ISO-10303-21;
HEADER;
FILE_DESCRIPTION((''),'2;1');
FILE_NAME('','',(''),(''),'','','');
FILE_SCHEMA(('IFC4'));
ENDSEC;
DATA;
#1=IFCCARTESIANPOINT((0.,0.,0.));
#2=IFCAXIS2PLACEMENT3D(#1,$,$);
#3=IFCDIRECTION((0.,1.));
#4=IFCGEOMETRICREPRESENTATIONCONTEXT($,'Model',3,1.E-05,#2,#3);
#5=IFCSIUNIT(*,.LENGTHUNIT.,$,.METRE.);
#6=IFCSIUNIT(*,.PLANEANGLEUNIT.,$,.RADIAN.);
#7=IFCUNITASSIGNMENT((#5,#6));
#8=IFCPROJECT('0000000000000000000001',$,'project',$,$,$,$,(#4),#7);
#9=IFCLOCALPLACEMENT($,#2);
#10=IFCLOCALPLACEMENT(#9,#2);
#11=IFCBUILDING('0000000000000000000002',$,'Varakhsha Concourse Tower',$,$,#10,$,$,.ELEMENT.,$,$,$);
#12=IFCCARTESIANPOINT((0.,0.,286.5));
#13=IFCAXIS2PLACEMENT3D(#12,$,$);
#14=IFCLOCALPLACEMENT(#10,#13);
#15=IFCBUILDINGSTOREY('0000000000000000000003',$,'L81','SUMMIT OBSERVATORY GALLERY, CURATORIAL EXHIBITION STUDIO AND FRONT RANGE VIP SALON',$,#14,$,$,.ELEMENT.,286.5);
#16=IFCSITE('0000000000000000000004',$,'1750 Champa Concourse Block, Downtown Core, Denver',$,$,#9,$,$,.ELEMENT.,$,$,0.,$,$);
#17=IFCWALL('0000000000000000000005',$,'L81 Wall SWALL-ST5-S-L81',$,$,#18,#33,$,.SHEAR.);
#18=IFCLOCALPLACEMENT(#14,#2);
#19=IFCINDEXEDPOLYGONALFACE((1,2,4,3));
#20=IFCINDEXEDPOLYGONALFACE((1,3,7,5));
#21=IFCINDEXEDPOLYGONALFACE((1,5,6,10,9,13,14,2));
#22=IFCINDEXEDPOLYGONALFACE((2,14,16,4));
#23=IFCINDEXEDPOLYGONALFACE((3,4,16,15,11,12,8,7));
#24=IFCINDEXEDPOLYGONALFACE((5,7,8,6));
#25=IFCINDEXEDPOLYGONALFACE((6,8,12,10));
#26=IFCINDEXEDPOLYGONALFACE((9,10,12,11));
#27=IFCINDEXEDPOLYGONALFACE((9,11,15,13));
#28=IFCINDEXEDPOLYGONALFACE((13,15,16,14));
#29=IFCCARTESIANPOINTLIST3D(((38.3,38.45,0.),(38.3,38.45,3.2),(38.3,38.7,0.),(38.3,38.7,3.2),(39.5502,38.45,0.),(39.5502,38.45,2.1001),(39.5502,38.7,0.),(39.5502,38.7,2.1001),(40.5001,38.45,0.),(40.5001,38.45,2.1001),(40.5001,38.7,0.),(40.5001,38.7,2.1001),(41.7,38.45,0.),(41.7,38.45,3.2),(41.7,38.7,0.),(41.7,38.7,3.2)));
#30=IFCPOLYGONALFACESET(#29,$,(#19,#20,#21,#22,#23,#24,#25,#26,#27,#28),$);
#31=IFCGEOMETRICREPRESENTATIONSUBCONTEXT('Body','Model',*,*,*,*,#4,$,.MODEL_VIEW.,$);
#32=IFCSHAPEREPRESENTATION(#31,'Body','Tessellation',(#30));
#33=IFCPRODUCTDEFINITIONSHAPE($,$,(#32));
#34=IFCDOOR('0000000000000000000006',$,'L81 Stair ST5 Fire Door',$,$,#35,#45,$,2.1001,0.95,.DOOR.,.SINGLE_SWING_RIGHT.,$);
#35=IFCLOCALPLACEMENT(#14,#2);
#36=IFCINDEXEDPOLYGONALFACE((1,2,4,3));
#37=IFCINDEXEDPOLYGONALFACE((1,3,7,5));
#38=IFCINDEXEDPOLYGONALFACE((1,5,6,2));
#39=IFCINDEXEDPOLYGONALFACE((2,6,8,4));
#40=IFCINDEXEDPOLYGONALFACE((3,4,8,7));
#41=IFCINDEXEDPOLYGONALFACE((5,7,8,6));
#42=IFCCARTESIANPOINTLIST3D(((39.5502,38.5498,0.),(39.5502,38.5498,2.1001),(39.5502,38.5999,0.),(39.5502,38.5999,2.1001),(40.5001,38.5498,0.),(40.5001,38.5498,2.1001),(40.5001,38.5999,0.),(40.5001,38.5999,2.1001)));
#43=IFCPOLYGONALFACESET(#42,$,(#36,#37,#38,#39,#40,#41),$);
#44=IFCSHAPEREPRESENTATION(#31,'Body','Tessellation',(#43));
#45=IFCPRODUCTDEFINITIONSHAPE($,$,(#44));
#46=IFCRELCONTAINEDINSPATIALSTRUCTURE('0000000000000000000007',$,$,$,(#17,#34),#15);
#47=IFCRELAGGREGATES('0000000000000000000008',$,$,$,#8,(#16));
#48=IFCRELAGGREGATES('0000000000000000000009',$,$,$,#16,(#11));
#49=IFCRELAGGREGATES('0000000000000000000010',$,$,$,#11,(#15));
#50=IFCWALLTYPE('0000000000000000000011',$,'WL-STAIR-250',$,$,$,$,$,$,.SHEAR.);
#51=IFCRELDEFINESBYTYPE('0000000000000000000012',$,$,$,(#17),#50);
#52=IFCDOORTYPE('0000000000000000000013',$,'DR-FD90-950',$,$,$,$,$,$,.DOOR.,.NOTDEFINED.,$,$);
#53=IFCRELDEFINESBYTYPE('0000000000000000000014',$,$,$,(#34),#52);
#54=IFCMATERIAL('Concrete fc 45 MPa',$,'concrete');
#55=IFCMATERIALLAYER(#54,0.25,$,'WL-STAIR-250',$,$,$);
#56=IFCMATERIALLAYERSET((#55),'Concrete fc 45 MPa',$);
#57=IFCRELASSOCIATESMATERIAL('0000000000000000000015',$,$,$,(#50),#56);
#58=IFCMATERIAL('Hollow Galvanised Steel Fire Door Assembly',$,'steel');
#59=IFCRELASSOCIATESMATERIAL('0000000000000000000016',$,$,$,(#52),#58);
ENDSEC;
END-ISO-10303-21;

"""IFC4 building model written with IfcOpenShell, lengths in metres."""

from ifc_helpers import new_model, si_unit, direction, frame, frame_2d, origin, place, context, subcontext, project, spatial, rectangle, extrude, material, layer, layer_set, type_object, element, fill, save


model = new_model("IFC4")

# Units and contexts
model_context = context("Model", 3, precision=1e-05, world=origin(), true_north=direction((0.0, 1.0)))
body_context = subcontext(model_context, "Body", "Model", "MODEL_VIEW")
ifc_project = project(units=[si_unit("LENGTHUNIT", "METRE"), si_unit("PLANEANGLEUNIT", "RADIAN")], contexts=[model_context])

# Site, building, storey
site_placement = place(None, origin())
site = spatial("IfcSite", under=ifc_project, at=site_placement, Name="1750 Champa Concourse Block, Downtown Core, Denver", CompositionType="ELEMENT", RefElevation=0.0)
building_placement = place(site_placement, origin())
building = spatial("IfcBuilding", under=site, at=building_placement, Name="Varakhsha Concourse Tower", CompositionType="ELEMENT")
storey_placement = place(building_placement, frame((0.0, 0.0, 286.5)))
storey = spatial("IfcBuildingStorey", under=building, at=storey_placement, Name="L81", Description="SUMMIT OBSERVATORY GALLERY, CURATORIAL EXHIBITION STUDIO AND FRONT RANGE VIP SALON", CompositionType="ELEMENT", Elevation=286.5)

# Shared definitions
ifc_material_1 = material(Name="Hollow Galvanised Steel Fire Door Assembly", Category="steel")

# Shared definitions
ifc_material_2 = material(Name="Concrete fc 45 MPa", Category="concrete")
ifc_layer_1 = layer(ifc_material_2, 0.25, Name="WL-STAIR-250")
ifc_layer_set_1 = layer_set([ifc_layer_1], Name="Concrete fc 45 MPa")
wall_type_1 = type_object("IfcWallType", Name="WL-STAIR-250", PredefinedType="SHEAR", material=ifc_layer_set_1)

# Wall, opening, door
wall_1_placement = place(storey_placement, frame((38.3, 38.575, 0.0), z_axis=(0.0, 0.0, 1.0), x_axis=(1.0, 0.0, 0.0)))
wall_1 = element("IfcWall", 1, at=wall_1_placement, inside=storey, type_object=wall_type_1, Name="L81 Wall SWALL-ST5-S-L81", PredefinedType="SHEAR", context=body_context, shape_type="SweptSolid", body=[
    extrude(rectangle(XDim=3.3999, YDim=0.25, at=frame_2d((1.7, 0.0))), origin(), (0.0, 0.0, 1.0), 3.2),
])
opening_1_placement = place(wall_1_placement, frame((1.25, 0.0, 0.0)))
opening_1 = element("IfcOpeningElement", 2, at=opening_1_placement, cuts=wall_1, PredefinedType="OPENING", context=body_context, shape_type="SweptSolid", body=[
    extrude(rectangle(XDim=0.95, YDim=2.1001, at=frame_2d((0.4751, 1.05))), frame((0.0, 0.135, 0.0), z_axis=(0.0, -1.0, 0.0), x_axis=(1.0, 0.0, 0.0)), (0.0, 0.0, 1.0), 0.27),
])
door_type_1 = type_object("IfcDoorType", Name="DR-FD90-950", OperationType="NOTDEFINED", PredefinedType="DOOR", material=ifc_material_1)
door_1_placement = place(opening_1_placement, origin())
door_1 = element("IfcDoor", 3, at=door_1_placement, inside=storey, type_object=door_type_1, Name="L81 Stair ST5 Fire Door", OperationType="SINGLE_SWING_RIGHT", OverallHeight=2.1001, OverallWidth=0.95, PredefinedType="DOOR", context=body_context, shape_type="SweptSolid", body=[
    extrude(rectangle(XDim=0.95, YDim=2.1001, at=frame_2d((0.4751, 1.05))), frame((0.0, 0.0249, 0.0), z_axis=(0.0, -1.0, 0.0), x_axis=(1.0, 0.0, 0.0)), (0.0, 0.0, 1.0), 0.05),
])
fill(opening_1, door_1)

save(model, "model.ifc")
